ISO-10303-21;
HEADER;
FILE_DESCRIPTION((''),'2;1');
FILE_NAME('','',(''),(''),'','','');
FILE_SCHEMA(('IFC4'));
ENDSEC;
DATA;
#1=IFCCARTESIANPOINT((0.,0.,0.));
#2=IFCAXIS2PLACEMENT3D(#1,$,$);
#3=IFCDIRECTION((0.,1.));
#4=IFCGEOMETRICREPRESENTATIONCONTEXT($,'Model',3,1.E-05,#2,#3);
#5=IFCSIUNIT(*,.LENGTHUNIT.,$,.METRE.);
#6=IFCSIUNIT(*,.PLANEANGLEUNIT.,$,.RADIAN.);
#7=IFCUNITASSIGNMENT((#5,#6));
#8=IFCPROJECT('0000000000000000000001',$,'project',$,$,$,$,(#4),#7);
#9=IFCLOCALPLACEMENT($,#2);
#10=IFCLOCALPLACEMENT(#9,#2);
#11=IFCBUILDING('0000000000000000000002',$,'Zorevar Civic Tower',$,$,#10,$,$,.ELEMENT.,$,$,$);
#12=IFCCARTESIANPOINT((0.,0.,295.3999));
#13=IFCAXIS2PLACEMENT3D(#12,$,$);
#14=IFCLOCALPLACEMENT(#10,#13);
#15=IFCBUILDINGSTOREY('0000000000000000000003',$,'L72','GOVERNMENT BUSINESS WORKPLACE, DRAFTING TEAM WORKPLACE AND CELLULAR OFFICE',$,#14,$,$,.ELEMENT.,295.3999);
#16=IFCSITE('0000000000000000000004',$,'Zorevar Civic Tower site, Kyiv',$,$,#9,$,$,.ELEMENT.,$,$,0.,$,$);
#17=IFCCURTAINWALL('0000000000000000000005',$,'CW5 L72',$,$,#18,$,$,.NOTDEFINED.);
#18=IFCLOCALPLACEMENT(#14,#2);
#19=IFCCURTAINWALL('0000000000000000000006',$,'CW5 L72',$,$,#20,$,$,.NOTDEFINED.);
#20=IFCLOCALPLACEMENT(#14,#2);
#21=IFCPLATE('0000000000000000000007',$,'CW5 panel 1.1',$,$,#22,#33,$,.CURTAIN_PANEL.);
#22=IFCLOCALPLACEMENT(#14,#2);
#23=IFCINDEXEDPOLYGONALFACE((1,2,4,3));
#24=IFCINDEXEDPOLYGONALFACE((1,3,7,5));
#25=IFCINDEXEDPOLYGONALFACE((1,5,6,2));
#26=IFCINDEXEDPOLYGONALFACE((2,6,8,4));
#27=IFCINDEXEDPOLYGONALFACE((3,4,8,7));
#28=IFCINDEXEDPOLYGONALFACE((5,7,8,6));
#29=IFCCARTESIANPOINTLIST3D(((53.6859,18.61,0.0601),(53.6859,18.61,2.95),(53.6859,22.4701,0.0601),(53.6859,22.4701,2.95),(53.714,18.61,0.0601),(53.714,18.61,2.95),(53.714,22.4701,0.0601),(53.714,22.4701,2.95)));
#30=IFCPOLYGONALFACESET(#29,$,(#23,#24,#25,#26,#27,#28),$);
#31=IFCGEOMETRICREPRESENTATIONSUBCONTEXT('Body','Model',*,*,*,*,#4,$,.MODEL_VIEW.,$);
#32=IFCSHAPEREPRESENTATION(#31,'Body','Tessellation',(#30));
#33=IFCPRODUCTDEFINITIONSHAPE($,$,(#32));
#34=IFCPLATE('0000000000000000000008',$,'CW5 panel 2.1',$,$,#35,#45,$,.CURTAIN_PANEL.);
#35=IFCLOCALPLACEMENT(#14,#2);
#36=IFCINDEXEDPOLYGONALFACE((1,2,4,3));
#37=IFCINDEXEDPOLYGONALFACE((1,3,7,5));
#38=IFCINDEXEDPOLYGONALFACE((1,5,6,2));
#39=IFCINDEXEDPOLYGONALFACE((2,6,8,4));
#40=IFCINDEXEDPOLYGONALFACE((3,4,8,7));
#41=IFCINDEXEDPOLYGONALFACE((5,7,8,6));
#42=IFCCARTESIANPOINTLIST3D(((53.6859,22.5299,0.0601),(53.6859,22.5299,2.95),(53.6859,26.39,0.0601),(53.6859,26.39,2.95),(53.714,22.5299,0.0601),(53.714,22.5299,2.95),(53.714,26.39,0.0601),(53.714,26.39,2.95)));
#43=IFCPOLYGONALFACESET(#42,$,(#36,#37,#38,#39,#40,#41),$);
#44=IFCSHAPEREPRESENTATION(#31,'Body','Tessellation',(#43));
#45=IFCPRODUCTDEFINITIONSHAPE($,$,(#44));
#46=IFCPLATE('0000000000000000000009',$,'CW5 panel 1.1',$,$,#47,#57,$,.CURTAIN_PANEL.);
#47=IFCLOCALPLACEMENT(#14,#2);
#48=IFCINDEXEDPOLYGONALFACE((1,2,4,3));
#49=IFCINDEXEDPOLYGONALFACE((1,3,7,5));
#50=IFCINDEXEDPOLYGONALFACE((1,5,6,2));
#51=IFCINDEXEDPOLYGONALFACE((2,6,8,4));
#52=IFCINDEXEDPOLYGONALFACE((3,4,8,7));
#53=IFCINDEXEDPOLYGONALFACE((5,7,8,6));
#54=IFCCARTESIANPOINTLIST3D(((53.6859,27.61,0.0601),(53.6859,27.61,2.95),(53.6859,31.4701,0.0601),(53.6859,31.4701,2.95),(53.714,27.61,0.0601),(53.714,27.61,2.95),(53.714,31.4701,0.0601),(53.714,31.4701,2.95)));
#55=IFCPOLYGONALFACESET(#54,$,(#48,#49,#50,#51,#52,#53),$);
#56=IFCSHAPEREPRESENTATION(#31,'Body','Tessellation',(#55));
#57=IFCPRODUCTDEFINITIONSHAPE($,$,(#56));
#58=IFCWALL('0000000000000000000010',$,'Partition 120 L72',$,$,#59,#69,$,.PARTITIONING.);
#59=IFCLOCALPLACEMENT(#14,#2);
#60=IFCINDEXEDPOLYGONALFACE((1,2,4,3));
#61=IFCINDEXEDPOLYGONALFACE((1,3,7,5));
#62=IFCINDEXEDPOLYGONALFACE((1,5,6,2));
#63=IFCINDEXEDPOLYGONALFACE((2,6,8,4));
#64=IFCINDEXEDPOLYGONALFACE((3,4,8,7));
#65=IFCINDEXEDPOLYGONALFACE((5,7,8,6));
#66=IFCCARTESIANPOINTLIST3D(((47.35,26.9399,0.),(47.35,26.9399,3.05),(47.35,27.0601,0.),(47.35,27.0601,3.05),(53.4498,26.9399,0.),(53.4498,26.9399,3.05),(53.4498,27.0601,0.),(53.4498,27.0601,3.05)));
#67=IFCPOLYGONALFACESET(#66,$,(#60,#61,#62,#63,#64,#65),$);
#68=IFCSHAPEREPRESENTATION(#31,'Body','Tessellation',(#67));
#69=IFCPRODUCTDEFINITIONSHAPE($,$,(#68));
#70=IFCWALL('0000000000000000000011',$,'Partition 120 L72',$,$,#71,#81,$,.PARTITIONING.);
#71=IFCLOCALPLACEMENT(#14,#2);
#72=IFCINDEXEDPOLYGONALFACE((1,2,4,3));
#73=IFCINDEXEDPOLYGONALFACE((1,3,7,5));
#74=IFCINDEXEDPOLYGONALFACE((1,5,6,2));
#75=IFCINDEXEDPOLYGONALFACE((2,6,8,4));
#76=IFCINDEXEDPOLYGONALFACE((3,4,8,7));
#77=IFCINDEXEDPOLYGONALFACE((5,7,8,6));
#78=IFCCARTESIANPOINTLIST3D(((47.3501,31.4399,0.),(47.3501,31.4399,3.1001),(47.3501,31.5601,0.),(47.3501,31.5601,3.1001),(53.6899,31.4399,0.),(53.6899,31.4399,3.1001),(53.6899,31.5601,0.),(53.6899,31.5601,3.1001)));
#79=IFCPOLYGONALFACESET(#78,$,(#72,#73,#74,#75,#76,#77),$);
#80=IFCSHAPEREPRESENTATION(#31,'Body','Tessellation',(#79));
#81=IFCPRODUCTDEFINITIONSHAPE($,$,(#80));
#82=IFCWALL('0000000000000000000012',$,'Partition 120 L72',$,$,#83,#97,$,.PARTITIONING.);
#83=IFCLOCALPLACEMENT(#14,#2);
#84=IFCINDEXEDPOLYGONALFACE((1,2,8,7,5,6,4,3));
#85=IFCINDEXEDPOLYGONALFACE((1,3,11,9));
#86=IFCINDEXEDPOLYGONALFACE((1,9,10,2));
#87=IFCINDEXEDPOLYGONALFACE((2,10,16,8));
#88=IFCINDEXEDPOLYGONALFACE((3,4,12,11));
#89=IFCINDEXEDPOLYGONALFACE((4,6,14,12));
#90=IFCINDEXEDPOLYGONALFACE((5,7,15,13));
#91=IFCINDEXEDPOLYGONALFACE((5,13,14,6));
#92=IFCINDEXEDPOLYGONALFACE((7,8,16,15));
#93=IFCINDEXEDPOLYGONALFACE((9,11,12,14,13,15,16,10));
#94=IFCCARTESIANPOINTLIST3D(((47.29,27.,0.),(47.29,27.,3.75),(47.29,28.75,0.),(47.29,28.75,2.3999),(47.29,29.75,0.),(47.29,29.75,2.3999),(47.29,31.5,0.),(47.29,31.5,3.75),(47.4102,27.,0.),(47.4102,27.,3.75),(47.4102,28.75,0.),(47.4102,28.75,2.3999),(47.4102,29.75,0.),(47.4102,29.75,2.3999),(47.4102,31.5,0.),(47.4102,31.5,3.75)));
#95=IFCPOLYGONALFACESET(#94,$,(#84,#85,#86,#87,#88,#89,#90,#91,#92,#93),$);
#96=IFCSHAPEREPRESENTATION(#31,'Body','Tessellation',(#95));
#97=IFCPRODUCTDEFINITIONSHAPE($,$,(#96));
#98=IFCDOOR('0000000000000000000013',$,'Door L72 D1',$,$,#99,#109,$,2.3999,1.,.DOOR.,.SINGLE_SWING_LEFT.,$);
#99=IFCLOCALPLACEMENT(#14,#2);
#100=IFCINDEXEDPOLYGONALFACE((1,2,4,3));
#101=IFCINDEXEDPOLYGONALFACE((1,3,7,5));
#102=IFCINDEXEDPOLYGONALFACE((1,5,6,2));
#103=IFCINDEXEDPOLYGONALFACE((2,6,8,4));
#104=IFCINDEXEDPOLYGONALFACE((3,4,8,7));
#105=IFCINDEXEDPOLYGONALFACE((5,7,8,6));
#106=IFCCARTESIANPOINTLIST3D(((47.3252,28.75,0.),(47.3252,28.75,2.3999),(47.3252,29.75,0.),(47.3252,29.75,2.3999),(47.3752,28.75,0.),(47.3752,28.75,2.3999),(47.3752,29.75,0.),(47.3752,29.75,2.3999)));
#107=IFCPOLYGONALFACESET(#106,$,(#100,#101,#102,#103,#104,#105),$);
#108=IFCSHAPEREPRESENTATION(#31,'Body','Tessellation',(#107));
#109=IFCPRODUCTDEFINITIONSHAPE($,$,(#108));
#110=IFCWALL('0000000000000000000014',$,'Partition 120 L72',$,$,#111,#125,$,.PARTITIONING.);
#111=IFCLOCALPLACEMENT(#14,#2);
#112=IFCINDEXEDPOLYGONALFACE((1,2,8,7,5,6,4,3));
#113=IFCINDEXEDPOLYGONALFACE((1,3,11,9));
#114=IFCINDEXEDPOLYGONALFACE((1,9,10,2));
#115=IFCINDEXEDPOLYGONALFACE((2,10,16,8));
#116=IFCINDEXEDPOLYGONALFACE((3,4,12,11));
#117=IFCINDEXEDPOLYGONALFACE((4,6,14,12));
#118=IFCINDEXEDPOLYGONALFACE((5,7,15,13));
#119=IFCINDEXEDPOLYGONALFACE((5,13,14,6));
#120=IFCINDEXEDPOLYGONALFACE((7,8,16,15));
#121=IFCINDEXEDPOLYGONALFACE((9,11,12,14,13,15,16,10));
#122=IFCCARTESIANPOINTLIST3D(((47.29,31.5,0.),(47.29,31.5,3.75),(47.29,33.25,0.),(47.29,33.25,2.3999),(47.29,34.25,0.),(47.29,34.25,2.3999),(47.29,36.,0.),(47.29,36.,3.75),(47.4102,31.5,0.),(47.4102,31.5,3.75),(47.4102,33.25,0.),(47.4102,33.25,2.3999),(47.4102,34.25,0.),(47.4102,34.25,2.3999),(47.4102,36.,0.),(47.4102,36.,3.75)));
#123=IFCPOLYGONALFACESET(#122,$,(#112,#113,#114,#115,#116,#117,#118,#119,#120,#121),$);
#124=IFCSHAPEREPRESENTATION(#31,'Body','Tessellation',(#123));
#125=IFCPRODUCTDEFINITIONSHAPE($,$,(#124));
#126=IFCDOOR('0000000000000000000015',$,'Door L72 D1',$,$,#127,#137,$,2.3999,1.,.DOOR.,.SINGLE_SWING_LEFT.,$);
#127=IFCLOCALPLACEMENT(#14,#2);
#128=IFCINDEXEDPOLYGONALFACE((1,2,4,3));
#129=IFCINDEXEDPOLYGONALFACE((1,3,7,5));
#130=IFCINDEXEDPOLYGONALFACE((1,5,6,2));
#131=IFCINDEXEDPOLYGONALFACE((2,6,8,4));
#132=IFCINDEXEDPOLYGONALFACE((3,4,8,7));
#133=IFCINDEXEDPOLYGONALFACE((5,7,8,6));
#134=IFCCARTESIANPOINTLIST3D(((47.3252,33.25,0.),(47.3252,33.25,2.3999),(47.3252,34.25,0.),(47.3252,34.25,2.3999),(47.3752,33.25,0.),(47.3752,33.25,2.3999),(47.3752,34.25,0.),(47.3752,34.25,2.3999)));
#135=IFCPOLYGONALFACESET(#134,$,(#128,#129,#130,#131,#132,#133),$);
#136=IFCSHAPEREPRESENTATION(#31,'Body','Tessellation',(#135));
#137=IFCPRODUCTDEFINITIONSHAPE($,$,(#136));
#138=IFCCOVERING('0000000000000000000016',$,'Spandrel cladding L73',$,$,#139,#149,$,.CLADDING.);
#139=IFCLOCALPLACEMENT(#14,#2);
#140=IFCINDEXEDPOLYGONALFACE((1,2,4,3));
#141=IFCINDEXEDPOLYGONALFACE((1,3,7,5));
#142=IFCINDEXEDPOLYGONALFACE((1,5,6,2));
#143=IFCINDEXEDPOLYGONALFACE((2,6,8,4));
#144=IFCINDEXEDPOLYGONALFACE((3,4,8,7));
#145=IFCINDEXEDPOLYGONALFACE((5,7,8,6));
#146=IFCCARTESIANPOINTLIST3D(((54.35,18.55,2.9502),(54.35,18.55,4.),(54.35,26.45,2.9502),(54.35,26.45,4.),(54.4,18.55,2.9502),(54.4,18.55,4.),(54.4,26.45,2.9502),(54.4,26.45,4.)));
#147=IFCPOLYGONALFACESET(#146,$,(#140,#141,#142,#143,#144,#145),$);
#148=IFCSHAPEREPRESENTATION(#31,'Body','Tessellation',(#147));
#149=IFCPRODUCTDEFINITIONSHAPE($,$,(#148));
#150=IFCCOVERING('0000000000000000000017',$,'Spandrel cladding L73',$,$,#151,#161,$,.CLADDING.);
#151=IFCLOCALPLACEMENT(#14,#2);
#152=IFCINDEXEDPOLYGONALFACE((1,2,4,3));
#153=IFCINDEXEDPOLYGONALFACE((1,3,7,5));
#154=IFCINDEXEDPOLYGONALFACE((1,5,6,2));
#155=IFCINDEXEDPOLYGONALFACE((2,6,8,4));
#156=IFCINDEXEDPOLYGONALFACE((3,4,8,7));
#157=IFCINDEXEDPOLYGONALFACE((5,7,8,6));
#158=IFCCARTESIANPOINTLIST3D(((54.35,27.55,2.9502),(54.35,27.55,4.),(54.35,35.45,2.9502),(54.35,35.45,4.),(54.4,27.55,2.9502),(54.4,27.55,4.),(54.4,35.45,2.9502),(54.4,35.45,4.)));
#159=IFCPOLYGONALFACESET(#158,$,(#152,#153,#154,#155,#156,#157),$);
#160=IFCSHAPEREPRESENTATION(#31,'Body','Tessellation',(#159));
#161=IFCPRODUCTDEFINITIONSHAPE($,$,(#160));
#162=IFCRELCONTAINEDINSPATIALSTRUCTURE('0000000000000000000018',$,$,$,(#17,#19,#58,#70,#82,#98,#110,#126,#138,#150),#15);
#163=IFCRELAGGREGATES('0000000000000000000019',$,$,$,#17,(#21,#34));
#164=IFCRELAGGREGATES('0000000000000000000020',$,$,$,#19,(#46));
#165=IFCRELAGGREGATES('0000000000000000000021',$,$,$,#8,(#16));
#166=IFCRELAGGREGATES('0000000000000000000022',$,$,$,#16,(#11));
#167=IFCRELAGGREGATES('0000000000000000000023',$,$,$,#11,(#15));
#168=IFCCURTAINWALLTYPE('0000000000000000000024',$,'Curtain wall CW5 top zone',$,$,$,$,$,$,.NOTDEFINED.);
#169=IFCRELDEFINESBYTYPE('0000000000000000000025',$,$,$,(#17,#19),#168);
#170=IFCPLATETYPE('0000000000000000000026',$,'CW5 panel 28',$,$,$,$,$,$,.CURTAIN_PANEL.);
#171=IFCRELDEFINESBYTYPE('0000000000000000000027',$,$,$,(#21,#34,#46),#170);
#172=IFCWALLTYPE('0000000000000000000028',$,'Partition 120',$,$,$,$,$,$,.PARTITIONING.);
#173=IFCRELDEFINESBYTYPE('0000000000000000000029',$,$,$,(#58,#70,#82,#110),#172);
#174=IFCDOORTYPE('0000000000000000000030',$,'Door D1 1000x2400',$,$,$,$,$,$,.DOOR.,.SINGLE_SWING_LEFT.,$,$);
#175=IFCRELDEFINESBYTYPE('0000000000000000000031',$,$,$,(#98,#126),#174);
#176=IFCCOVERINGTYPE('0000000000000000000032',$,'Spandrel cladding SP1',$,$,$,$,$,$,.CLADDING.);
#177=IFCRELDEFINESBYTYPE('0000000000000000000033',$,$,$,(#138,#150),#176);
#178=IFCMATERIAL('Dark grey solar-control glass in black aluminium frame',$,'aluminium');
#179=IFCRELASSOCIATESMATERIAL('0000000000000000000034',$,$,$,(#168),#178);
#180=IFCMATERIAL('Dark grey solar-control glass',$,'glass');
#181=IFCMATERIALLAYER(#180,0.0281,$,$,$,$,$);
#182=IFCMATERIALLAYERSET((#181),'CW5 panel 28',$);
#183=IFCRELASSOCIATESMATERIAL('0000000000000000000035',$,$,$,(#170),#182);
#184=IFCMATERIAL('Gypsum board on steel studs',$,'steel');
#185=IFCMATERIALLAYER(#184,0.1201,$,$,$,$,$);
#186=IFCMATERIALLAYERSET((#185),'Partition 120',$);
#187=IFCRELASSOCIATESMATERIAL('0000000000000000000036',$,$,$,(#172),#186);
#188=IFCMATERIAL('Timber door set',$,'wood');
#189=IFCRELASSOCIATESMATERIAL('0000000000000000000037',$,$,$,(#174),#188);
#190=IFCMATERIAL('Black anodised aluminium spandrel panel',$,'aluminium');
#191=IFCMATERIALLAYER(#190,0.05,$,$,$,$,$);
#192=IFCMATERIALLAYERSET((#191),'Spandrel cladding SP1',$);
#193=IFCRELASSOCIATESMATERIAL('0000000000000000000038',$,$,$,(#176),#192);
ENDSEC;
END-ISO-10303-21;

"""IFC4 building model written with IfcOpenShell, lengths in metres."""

from ifc_helpers import new_model, si_unit, direction, frame, frame_2d, origin, origin_2d, place, context, subcontext, project, spatial, rectangle, extrude, material, layer, layer_set, type_object, element, fill, aggregate, save


model = new_model("IFC4")

# Units and contexts
model_context = context("Model", 3, precision=1e-05, world=origin(), true_north=direction((0.0, 1.0)))
body_context = subcontext(model_context, "Body", "Model", "MODEL_VIEW")
ifc_project = project(units=[si_unit("LENGTHUNIT", "METRE"), si_unit("PLANEANGLEUNIT", "RADIAN")], contexts=[model_context])

# Site, building, storey
site_placement = place(None, origin())
site = spatial("IfcSite", under=ifc_project, at=site_placement, Name="Zorevar Civic Tower site, Kyiv", CompositionType="ELEMENT", RefElevation=0.0)
building_placement = place(site_placement, origin())
building = spatial("IfcBuilding", under=site, at=building_placement, Name="Zorevar Civic Tower", CompositionType="ELEMENT")
storey_placement = place(building_placement, frame((0.0, 0.0, 295.3999)))
storey = spatial("IfcBuildingStorey", under=building, at=storey_placement, Name="L72", Description="GOVERNMENT BUSINESS WORKPLACE, DRAFTING TEAM WORKPLACE AND CELLULAR OFFICE", CompositionType="ELEMENT", Elevation=295.3999)

# Curtain wall
ifc_material_1 = material(Name="Dark grey solar-control glass in black aluminium frame", Category="aluminium")
curtain_wall_type = type_object("IfcCurtainWallType", Name="Curtain wall CW5 top zone", PredefinedType="NOTDEFINED", material=ifc_material_1)
curtain_wall_1_placement = place(storey_placement, origin())
curtain_wall_1 = element("IfcCurtainWall", 1, at=curtain_wall_1_placement, inside=storey, type_object=curtain_wall_type, Name="CW5 L72", PredefinedType="NOTDEFINED")

# Curtain wall
curtain_wall_2_placement = place(storey_placement, origin())
curtain_wall_2 = element("IfcCurtainWall", 2, at=curtain_wall_2_placement, inside=storey, type_object=curtain_wall_type, Name="CW5 L72", PredefinedType="NOTDEFINED")

# Plates
ifc_material_2 = material(Name="Dark grey solar-control glass", Category="glass")
ifc_layer_1 = layer(ifc_material_2, 0.0281)
ifc_layer_set_1 = layer_set([ifc_layer_1], Name="CW5 panel 28")
plate_type = type_object("IfcPlateType", Name="CW5 panel 28", PredefinedType="CURTAIN_PANEL", material=ifc_layer_set_1)
plate_1_placement = place(storey_placement, frame((53.7, 20.54, 0.0601), z_axis=(0.0, 0.0, 1.0), x_axis=(0.0, 1.0, 0.0)))
plate_1 = element("IfcPlate", 3, at=plate_1_placement, type_object=plate_type, Name="CW5 panel 1.1", PredefinedType="CURTAIN_PANEL", context=body_context, shape_type="SweptSolid", body=[
    extrude(rectangle(XDim=3.8601, YDim=0.0281, at=origin_2d()), origin(), (0.0, 0.0, 1.0), 2.8899),
])
plate_2_placement = place(storey_placement, frame((53.7, 24.46, 0.0601), z_axis=(0.0, 0.0, 1.0), x_axis=(0.0, 1.0, 0.0)))
plate_2 = element("IfcPlate", 4, at=plate_2_placement, type_object=plate_type, Name="CW5 panel 2.1", PredefinedType="CURTAIN_PANEL", context=body_context, shape_type="SweptSolid", body=[
    extrude(rectangle(XDim=3.8601, YDim=0.0281, at=origin_2d()), origin(), (0.0, 0.0, 1.0), 2.8899),
])
aggregate(curtain_wall_1, [plate_1, plate_2])
plate_3_placement = place(storey_placement, frame((53.7, 29.54, 0.0601), z_axis=(0.0, 0.0, 1.0), x_axis=(0.0, 1.0, 0.0)))
plate_3 = element("IfcPlate", 5, at=plate_3_placement, type_object=plate_type, Name="CW5 panel 1.1", PredefinedType="CURTAIN_PANEL", context=body_context, shape_type="SweptSolid", body=[
    extrude(rectangle(XDim=3.8601, YDim=0.0281, at=origin_2d()), origin(), (0.0, 0.0, 1.0), 2.8899),
])
aggregate(curtain_wall_2, [plate_3])

# Walls
ifc_material_3 = material(Name="Gypsum board on steel studs", Category="steel")
ifc_layer_2 = layer(ifc_material_3, 0.1201)
ifc_layer_set_2 = layer_set([ifc_layer_2], Name="Partition 120")
wall_type = type_object("IfcWallType", Name="Partition 120", PredefinedType="PARTITIONING", material=ifc_layer_set_2)
wall_1_placement = place(storey_placement, frame((47.3501, 27.0, 0.0), z_axis=(0.0, 0.0, 1.0), x_axis=(1.0, 0.0, 0.0)))
element("IfcWall", 6, at=wall_1_placement, inside=storey, type_object=wall_type, Name="Partition 120 L72", PredefinedType="PARTITIONING", context=body_context, shape_type="SweptSolid", body=[
    extrude(rectangle(XDim=6.0999, YDim=0.1201, at=frame_2d((3.0498, 0.0))), origin(), (0.0, 0.0, 1.0), 3.05),
])
wall_2_placement = place(storey_placement, frame((47.3501, 31.5, 0.0), z_axis=(0.0, 0.0, 1.0), x_axis=(1.0, 0.0, 0.0)))
element("IfcWall", 7, at=wall_2_placement, inside=storey, type_object=wall_type, Name="Partition 120 L72", PredefinedType="PARTITIONING", context=body_context, shape_type="SweptSolid", body=[
    extrude(rectangle(XDim=6.3398, YDim=0.1201, at=frame_2d((3.1699, 0.0))), origin(), (0.0, 0.0, 1.0), 3.1001),
])

# Walls, openings, doors
wall_3_placement = place(storey_placement, frame((47.3501, 27.0, 0.0), z_axis=(0.0, 0.0, 1.0), x_axis=(0.0, 1.0, 0.0)))
wall_3 = element("IfcWall", 8, at=wall_3_placement, inside=storey, type_object=wall_type, Name="Partition 120 L72", PredefinedType="PARTITIONING", context=body_context, shape_type="SweptSolid", body=[
    extrude(rectangle(XDim=4.5, YDim=0.1201, at=frame_2d((2.25, 0.0))), origin(), (0.0, 0.0, 1.0), 3.75),
])
opening_1_placement = place(wall_3_placement, frame((1.75, 0.0, 0.0)))
opening_1 = element("IfcOpeningElement", 9, at=opening_1_placement, cuts=wall_3, PredefinedType="OPENING", context=body_context, shape_type="SweptSolid", body=[
    extrude(rectangle(XDim=1.0, YDim=2.3999, at=frame_2d((0.5, 1.2))), frame((0.0, 0.0701, 0.0), z_axis=(0.0, -1.0, 0.0), x_axis=(1.0, 0.0, 0.0)), (0.0, 0.0, 1.0), 0.1401),
])
ifc_material_4 = material(Name="Timber door set", Category="wood")
door_type = type_object("IfcDoorType", Name="Door D1 1000x2400", OperationType="SINGLE_SWING_LEFT", PredefinedType="DOOR", material=ifc_material_4)
door_1_placement = place(opening_1_placement, origin())
door_1 = element("IfcDoor", 10, at=door_1_placement, inside=storey, type_object=door_type, Name="Door L72 D1", OperationType="SINGLE_SWING_LEFT", OverallHeight=2.3999, OverallWidth=1.0, PredefinedType="DOOR", context=body_context, shape_type="SweptSolid", body=[
    extrude(rectangle(XDim=1.0, YDim=2.3999, at=frame_2d((0.5, 1.2))), frame((0.0, 0.0249, 0.0), z_axis=(0.0, -1.0, 0.0), x_axis=(1.0, 0.0, 0.0)), (0.0, 0.0, 1.0), 0.05),
])
fill(opening_1, door_1)
wall_4_placement = place(storey_placement, frame((47.3501, 31.5, 0.0), z_axis=(0.0, 0.0, 1.0), x_axis=(0.0, 1.0, 0.0)))
wall_4 = element("IfcWall", 11, at=wall_4_placement, inside=storey, type_object=wall_type, Name="Partition 120 L72", PredefinedType="PARTITIONING", context=body_context, shape_type="SweptSolid", body=[
    extrude(rectangle(XDim=4.5, YDim=0.1201, at=frame_2d((2.25, 0.0))), origin(), (0.0, 0.0, 1.0), 3.75),
])
opening_2_placement = place(wall_4_placement, frame((1.75, 0.0, 0.0)))
opening_2 = element("IfcOpeningElement", 12, at=opening_2_placement, cuts=wall_4, PredefinedType="OPENING", context=body_context, shape_type="SweptSolid", body=[
    extrude(rectangle(XDim=1.0, YDim=2.3999, at=frame_2d((0.5, 1.2))), frame((0.0, 0.0701, 0.0), z_axis=(0.0, -1.0, 0.0), x_axis=(1.0, 0.0, 0.0)), (0.0, 0.0, 1.0), 0.1401),
])
door_2_placement = place(opening_2_placement, origin())
door_2 = element("IfcDoor", 13, at=door_2_placement, inside=storey, type_object=door_type, Name="Door L72 D1", OperationType="SINGLE_SWING_LEFT", OverallHeight=2.3999, OverallWidth=1.0, PredefinedType="DOOR", context=body_context, shape_type="SweptSolid", body=[
    extrude(rectangle(XDim=1.0, YDim=2.3999, at=frame_2d((0.5, 1.2))), frame((0.0, 0.0249, 0.0), z_axis=(0.0, -1.0, 0.0), x_axis=(1.0, 0.0, 0.0)), (0.0, 0.0, 1.0), 0.05),
])
fill(opening_2, door_2)

# Coverings
ifc_material_5 = material(Name="Black anodised aluminium spandrel panel", Category="aluminium")
ifc_layer_3 = layer(ifc_material_5, 0.05)
ifc_layer_set_3 = layer_set([ifc_layer_3], Name="Spandrel cladding SP1")
covering_type = type_object("IfcCoveringType", Name="Spandrel cladding SP1", PredefinedType="CLADDING", material=ifc_layer_set_3)
for number, where, z_axis, x_axis, name in (
    (14, (54.375, 18.55, 2.9502), (0.0, 0.0, 1.0), (0.0, 1.0, 0.0), "Spandrel cladding L73"),
    (15, (54.375, 27.55, 2.9502), (0.0, 0.0, 1.0), (0.0, 1.0, 0.0), "Spandrel cladding L73"),
):
    element("IfcCovering", number, at=place(storey_placement, frame(where, z_axis=z_axis, x_axis=x_axis)), inside=storey, type_object=covering_type, Name=name, PredefinedType="CLADDING", context=body_context, shape_type="SweptSolid", body=[
        extrude(rectangle(XDim=7.8999, YDim=0.05, at=frame_2d((3.95, 0.0))), origin(), (0.0, 0.0, 1.0), 1.0498),
    ])

save(model, "model.ifc")
